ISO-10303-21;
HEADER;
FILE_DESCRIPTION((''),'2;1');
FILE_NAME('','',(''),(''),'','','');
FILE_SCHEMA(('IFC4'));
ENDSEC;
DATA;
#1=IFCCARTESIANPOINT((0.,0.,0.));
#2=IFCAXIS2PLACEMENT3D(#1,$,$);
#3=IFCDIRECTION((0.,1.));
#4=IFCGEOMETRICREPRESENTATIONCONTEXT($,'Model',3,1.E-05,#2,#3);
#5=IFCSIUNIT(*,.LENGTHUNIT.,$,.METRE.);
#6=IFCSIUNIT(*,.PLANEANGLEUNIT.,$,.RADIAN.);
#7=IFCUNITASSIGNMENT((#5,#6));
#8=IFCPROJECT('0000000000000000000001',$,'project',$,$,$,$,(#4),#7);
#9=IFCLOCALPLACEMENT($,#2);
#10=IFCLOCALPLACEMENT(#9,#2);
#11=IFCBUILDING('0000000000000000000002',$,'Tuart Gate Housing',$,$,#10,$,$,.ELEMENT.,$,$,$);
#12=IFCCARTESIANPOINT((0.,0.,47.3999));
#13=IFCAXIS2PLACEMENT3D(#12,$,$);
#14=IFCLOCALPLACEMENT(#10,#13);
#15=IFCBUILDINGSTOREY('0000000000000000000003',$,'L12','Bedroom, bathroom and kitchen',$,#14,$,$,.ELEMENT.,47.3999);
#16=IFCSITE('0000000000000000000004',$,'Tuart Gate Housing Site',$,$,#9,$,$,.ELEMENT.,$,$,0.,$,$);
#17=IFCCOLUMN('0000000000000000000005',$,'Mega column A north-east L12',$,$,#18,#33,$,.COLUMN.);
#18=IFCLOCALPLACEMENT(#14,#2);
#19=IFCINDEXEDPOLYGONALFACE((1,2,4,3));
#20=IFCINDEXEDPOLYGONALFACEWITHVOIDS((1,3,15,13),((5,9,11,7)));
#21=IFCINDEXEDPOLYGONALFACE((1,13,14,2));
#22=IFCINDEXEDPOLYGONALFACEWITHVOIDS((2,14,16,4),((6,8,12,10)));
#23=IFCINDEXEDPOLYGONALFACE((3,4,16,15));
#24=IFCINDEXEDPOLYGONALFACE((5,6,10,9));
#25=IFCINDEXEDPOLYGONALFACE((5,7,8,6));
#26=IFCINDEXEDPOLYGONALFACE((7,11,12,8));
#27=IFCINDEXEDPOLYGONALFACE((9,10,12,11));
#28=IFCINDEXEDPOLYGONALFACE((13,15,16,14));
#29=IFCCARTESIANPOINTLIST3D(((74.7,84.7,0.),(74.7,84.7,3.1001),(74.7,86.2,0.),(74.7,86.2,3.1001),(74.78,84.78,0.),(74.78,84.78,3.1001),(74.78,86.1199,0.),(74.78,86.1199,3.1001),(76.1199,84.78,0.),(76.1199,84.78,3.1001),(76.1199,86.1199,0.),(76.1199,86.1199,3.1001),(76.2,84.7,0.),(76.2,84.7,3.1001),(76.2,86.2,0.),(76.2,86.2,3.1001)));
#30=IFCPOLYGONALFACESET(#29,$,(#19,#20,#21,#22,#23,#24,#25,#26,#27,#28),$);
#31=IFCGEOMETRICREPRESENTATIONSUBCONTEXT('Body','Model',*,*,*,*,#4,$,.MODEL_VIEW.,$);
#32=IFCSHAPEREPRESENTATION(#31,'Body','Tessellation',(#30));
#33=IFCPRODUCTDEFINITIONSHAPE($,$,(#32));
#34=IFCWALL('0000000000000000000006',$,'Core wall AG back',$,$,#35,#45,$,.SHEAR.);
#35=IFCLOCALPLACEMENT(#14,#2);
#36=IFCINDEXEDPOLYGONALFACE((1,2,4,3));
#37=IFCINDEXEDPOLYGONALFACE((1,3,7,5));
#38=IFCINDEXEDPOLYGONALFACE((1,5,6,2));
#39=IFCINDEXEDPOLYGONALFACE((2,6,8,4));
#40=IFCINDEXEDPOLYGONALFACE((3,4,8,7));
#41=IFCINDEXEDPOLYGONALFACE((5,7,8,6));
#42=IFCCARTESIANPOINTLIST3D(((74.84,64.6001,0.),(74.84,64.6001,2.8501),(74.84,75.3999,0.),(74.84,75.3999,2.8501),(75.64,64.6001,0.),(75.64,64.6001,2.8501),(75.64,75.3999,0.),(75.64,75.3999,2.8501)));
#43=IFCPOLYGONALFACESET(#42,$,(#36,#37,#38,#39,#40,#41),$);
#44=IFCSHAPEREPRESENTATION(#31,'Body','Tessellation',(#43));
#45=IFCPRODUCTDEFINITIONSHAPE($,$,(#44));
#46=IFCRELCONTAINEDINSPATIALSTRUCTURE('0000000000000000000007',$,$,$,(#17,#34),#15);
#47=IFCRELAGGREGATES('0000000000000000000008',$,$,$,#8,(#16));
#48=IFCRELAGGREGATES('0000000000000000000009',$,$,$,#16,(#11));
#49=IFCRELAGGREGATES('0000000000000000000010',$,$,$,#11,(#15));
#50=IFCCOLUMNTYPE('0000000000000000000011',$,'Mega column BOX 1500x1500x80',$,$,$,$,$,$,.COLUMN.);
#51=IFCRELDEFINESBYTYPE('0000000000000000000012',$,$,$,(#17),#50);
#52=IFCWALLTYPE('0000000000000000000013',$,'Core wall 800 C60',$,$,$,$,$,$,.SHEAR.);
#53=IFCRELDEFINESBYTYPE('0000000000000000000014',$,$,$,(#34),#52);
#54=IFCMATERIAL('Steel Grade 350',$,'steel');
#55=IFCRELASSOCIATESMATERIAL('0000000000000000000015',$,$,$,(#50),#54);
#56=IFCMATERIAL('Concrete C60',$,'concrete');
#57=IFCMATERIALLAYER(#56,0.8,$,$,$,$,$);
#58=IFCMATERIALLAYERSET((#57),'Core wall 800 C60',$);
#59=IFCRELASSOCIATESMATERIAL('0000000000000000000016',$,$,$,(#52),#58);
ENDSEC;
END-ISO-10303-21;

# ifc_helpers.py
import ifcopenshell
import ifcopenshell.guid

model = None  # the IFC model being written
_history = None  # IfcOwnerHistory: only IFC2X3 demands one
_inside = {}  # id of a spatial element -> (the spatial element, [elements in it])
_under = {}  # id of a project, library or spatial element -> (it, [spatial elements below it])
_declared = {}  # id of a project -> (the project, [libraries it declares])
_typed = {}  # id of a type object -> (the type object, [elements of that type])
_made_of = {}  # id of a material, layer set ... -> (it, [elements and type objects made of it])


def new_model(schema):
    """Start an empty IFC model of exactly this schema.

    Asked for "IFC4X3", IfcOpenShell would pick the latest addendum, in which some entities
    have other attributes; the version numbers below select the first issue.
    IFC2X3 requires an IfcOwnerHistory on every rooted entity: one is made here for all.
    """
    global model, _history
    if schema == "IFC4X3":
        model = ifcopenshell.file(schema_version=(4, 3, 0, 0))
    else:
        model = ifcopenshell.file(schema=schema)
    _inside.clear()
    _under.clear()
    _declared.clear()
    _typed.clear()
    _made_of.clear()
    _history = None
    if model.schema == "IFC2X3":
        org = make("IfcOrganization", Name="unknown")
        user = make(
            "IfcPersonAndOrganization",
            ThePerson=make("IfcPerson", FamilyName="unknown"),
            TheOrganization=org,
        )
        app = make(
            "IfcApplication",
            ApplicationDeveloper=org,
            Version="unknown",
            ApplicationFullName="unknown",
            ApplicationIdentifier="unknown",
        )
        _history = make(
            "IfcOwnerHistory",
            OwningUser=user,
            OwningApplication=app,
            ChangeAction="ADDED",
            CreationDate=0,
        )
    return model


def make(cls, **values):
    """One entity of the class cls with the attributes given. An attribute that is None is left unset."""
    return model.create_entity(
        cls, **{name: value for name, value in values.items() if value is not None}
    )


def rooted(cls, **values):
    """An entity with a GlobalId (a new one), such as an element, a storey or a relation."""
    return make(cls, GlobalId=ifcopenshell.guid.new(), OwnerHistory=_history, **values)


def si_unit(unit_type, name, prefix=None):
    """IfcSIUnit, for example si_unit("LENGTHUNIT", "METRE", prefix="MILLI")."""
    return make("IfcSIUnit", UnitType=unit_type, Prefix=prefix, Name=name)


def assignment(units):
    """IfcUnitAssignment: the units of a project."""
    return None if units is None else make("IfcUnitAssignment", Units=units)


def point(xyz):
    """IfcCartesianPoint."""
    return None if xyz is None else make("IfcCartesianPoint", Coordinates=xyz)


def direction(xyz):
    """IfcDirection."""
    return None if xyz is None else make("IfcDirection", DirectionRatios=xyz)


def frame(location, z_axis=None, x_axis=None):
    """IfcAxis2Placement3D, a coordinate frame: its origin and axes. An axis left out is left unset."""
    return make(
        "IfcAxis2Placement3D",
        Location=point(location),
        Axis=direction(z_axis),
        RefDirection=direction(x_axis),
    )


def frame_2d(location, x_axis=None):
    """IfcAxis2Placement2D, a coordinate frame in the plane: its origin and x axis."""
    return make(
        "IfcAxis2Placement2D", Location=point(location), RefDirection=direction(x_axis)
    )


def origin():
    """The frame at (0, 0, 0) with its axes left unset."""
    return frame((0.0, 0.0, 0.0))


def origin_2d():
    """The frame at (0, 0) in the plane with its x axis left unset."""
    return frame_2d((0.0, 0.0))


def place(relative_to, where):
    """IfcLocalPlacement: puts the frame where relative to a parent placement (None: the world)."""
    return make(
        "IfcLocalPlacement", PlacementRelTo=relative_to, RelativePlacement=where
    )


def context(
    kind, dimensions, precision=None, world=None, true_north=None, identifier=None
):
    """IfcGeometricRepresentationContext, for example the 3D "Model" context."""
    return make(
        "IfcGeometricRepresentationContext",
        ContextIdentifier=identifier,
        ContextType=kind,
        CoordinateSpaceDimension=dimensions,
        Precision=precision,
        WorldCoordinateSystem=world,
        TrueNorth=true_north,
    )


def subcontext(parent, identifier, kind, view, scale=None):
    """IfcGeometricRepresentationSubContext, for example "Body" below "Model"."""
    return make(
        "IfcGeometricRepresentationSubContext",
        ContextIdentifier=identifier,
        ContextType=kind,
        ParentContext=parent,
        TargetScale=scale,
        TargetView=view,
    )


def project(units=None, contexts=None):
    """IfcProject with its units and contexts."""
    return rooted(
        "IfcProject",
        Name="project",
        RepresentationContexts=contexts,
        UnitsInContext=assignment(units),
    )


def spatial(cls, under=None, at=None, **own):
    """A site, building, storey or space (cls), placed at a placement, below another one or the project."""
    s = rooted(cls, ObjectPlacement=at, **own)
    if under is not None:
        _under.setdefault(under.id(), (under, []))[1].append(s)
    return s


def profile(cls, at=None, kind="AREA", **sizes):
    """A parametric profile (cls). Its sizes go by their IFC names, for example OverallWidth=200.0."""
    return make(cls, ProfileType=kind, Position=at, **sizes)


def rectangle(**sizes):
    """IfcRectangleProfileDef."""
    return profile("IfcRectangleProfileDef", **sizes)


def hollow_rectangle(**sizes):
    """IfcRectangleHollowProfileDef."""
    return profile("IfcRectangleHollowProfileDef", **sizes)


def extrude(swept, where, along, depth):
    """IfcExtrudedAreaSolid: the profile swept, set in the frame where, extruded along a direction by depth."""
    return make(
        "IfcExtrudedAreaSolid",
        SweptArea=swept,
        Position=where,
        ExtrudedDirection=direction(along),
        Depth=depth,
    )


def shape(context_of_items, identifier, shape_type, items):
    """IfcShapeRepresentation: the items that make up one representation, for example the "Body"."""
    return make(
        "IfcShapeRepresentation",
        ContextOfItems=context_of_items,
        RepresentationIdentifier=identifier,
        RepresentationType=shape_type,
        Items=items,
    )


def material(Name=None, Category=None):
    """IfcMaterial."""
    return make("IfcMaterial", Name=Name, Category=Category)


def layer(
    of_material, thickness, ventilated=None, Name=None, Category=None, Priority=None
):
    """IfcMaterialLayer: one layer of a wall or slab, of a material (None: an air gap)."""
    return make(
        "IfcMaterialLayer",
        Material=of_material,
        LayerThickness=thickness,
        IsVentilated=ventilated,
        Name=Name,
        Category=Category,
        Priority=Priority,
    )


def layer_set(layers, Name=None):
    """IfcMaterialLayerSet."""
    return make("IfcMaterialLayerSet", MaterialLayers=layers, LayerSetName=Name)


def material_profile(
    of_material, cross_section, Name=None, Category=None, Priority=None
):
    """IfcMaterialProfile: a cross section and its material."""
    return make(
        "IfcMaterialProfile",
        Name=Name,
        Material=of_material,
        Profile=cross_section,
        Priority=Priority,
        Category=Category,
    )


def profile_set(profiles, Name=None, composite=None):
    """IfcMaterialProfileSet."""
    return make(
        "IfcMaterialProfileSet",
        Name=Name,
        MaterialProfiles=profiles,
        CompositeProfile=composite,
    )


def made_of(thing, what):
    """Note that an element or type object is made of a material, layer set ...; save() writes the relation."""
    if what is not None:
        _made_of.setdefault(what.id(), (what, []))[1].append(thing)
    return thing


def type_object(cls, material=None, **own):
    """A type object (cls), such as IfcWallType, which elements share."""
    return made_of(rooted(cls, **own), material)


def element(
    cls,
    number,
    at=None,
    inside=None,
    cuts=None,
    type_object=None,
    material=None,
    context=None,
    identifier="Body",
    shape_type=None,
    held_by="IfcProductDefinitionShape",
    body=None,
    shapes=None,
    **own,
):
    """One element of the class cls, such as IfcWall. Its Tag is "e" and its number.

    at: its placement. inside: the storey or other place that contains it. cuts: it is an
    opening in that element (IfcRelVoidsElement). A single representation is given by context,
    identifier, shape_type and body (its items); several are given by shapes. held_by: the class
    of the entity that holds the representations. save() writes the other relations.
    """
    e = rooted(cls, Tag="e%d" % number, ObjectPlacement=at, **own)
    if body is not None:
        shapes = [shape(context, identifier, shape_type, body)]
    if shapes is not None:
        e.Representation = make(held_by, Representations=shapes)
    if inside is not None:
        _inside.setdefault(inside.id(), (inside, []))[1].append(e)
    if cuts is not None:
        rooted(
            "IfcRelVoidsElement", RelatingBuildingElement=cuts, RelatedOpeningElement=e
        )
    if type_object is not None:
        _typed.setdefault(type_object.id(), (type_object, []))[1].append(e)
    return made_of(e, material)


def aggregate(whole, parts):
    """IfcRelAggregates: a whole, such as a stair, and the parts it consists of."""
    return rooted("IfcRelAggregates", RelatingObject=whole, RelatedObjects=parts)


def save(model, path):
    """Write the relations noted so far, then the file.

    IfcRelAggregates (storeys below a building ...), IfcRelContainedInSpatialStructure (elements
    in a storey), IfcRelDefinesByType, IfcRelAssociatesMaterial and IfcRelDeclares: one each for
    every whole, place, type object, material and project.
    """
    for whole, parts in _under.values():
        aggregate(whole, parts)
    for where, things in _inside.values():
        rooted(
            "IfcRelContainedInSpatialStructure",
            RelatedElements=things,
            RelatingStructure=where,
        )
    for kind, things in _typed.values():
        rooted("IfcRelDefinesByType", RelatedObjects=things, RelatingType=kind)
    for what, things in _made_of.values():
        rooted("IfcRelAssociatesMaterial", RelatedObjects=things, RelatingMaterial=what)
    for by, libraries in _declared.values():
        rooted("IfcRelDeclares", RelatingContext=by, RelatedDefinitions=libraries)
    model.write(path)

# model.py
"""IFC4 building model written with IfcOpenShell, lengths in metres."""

from ifc_helpers import new_model, si_unit, direction, frame, frame_2d, origin, origin_2d, place, context, subcontext, project, spatial, rectangle, hollow_rectangle, extrude, material, layer, layer_set, material_profile, profile_set, type_object, element, save


model = new_model("IFC4")

# Units and contexts
model_context = context("Model", 3, precision=1e-05, world=origin(), true_north=direction((0.0, 1.0)))
body_context = subcontext(model_context, "Body", "Model", "MODEL_VIEW")
ifc_project = project(units=[si_unit("LENGTHUNIT", "METRE"), si_unit("PLANEANGLEUNIT", "RADIAN")], contexts=[model_context])

# Site, building, storey
site_placement = place(None, origin())
site = spatial("IfcSite", under=ifc_project, at=site_placement, Name="Tuart Gate Housing Site", CompositionType="ELEMENT", RefElevation=0.0)
building_placement = place(site_placement, origin())
building = spatial("IfcBuilding", under=site, at=building_placement, Name="Tuart Gate Housing", CompositionType="ELEMENT")
storey_placement = place(building_placement, frame((0.0, 0.0, 47.3999)))
storey = spatial("IfcBuildingStorey", under=building, at=storey_placement, Name="L12", Description="Bedroom, bathroom and kitchen", CompositionType="ELEMENT", Elevation=47.3999)

# Column
ifc_material_1 = material(Name="Steel Grade 350", Category="steel")
ifc_material_profile = material_profile(ifc_material_1, hollow_rectangle(XDim=1.5, YDim=1.5, WallThickness=0.0801, at=origin_2d()), Name="BOX 1500x1500x80")
ifc_profile_set = profile_set([ifc_material_profile], Name="Steel Grade 350")
column_type = type_object("IfcColumnType", Name="Mega column BOX 1500x1500x80", PredefinedType="COLUMN", material=ifc_profile_set)
column_placement = place(storey_placement, frame((75.45, 85.45, 0.0), z_axis=(0.0, 0.0, 1.0), x_axis=(1.0, 0.0, 0.0)))
element("IfcColumn", 1, at=column_placement, inside=storey, type_object=column_type, Name="Mega column A north-east L12", PredefinedType="COLUMN", context=body_context, shape_type="SweptSolid", body=[
    extrude(hollow_rectangle(XDim=1.5, YDim=1.5, WallThickness=0.0801, at=origin_2d()), origin(), (0.0, 0.0, 1.0), 3.1001),
])

# Wall
ifc_material_2 = material(Name="Concrete C60", Category="concrete")
ifc_layer_1 = layer(ifc_material_2, 0.8)
ifc_layer_set_1 = layer_set([ifc_layer_1], Name="Core wall 800 C60")
wall_type_1 = type_object("IfcWallType", Name="Core wall 800 C60", PredefinedType="SHEAR", material=ifc_layer_set_1)
wall_1_placement = place(storey_placement, frame((75.24, 64.6001, 0.0), z_axis=(0.0, 0.0, 1.0), x_axis=(0.0, 1.0, 0.0)))
element("IfcWall", 2, at=wall_1_placement, inside=storey, type_object=wall_type_1, Name="Core wall AG back", PredefinedType="SHEAR", context=body_context, shape_type="SweptSolid", body=[
    extrude(rectangle(XDim=10.7998, YDim=0.8, at=frame_2d((5.3999, 0.0))), origin(), (0.0, 0.0, 1.0), 2.8501),
])

save(model, "model.ifc")
